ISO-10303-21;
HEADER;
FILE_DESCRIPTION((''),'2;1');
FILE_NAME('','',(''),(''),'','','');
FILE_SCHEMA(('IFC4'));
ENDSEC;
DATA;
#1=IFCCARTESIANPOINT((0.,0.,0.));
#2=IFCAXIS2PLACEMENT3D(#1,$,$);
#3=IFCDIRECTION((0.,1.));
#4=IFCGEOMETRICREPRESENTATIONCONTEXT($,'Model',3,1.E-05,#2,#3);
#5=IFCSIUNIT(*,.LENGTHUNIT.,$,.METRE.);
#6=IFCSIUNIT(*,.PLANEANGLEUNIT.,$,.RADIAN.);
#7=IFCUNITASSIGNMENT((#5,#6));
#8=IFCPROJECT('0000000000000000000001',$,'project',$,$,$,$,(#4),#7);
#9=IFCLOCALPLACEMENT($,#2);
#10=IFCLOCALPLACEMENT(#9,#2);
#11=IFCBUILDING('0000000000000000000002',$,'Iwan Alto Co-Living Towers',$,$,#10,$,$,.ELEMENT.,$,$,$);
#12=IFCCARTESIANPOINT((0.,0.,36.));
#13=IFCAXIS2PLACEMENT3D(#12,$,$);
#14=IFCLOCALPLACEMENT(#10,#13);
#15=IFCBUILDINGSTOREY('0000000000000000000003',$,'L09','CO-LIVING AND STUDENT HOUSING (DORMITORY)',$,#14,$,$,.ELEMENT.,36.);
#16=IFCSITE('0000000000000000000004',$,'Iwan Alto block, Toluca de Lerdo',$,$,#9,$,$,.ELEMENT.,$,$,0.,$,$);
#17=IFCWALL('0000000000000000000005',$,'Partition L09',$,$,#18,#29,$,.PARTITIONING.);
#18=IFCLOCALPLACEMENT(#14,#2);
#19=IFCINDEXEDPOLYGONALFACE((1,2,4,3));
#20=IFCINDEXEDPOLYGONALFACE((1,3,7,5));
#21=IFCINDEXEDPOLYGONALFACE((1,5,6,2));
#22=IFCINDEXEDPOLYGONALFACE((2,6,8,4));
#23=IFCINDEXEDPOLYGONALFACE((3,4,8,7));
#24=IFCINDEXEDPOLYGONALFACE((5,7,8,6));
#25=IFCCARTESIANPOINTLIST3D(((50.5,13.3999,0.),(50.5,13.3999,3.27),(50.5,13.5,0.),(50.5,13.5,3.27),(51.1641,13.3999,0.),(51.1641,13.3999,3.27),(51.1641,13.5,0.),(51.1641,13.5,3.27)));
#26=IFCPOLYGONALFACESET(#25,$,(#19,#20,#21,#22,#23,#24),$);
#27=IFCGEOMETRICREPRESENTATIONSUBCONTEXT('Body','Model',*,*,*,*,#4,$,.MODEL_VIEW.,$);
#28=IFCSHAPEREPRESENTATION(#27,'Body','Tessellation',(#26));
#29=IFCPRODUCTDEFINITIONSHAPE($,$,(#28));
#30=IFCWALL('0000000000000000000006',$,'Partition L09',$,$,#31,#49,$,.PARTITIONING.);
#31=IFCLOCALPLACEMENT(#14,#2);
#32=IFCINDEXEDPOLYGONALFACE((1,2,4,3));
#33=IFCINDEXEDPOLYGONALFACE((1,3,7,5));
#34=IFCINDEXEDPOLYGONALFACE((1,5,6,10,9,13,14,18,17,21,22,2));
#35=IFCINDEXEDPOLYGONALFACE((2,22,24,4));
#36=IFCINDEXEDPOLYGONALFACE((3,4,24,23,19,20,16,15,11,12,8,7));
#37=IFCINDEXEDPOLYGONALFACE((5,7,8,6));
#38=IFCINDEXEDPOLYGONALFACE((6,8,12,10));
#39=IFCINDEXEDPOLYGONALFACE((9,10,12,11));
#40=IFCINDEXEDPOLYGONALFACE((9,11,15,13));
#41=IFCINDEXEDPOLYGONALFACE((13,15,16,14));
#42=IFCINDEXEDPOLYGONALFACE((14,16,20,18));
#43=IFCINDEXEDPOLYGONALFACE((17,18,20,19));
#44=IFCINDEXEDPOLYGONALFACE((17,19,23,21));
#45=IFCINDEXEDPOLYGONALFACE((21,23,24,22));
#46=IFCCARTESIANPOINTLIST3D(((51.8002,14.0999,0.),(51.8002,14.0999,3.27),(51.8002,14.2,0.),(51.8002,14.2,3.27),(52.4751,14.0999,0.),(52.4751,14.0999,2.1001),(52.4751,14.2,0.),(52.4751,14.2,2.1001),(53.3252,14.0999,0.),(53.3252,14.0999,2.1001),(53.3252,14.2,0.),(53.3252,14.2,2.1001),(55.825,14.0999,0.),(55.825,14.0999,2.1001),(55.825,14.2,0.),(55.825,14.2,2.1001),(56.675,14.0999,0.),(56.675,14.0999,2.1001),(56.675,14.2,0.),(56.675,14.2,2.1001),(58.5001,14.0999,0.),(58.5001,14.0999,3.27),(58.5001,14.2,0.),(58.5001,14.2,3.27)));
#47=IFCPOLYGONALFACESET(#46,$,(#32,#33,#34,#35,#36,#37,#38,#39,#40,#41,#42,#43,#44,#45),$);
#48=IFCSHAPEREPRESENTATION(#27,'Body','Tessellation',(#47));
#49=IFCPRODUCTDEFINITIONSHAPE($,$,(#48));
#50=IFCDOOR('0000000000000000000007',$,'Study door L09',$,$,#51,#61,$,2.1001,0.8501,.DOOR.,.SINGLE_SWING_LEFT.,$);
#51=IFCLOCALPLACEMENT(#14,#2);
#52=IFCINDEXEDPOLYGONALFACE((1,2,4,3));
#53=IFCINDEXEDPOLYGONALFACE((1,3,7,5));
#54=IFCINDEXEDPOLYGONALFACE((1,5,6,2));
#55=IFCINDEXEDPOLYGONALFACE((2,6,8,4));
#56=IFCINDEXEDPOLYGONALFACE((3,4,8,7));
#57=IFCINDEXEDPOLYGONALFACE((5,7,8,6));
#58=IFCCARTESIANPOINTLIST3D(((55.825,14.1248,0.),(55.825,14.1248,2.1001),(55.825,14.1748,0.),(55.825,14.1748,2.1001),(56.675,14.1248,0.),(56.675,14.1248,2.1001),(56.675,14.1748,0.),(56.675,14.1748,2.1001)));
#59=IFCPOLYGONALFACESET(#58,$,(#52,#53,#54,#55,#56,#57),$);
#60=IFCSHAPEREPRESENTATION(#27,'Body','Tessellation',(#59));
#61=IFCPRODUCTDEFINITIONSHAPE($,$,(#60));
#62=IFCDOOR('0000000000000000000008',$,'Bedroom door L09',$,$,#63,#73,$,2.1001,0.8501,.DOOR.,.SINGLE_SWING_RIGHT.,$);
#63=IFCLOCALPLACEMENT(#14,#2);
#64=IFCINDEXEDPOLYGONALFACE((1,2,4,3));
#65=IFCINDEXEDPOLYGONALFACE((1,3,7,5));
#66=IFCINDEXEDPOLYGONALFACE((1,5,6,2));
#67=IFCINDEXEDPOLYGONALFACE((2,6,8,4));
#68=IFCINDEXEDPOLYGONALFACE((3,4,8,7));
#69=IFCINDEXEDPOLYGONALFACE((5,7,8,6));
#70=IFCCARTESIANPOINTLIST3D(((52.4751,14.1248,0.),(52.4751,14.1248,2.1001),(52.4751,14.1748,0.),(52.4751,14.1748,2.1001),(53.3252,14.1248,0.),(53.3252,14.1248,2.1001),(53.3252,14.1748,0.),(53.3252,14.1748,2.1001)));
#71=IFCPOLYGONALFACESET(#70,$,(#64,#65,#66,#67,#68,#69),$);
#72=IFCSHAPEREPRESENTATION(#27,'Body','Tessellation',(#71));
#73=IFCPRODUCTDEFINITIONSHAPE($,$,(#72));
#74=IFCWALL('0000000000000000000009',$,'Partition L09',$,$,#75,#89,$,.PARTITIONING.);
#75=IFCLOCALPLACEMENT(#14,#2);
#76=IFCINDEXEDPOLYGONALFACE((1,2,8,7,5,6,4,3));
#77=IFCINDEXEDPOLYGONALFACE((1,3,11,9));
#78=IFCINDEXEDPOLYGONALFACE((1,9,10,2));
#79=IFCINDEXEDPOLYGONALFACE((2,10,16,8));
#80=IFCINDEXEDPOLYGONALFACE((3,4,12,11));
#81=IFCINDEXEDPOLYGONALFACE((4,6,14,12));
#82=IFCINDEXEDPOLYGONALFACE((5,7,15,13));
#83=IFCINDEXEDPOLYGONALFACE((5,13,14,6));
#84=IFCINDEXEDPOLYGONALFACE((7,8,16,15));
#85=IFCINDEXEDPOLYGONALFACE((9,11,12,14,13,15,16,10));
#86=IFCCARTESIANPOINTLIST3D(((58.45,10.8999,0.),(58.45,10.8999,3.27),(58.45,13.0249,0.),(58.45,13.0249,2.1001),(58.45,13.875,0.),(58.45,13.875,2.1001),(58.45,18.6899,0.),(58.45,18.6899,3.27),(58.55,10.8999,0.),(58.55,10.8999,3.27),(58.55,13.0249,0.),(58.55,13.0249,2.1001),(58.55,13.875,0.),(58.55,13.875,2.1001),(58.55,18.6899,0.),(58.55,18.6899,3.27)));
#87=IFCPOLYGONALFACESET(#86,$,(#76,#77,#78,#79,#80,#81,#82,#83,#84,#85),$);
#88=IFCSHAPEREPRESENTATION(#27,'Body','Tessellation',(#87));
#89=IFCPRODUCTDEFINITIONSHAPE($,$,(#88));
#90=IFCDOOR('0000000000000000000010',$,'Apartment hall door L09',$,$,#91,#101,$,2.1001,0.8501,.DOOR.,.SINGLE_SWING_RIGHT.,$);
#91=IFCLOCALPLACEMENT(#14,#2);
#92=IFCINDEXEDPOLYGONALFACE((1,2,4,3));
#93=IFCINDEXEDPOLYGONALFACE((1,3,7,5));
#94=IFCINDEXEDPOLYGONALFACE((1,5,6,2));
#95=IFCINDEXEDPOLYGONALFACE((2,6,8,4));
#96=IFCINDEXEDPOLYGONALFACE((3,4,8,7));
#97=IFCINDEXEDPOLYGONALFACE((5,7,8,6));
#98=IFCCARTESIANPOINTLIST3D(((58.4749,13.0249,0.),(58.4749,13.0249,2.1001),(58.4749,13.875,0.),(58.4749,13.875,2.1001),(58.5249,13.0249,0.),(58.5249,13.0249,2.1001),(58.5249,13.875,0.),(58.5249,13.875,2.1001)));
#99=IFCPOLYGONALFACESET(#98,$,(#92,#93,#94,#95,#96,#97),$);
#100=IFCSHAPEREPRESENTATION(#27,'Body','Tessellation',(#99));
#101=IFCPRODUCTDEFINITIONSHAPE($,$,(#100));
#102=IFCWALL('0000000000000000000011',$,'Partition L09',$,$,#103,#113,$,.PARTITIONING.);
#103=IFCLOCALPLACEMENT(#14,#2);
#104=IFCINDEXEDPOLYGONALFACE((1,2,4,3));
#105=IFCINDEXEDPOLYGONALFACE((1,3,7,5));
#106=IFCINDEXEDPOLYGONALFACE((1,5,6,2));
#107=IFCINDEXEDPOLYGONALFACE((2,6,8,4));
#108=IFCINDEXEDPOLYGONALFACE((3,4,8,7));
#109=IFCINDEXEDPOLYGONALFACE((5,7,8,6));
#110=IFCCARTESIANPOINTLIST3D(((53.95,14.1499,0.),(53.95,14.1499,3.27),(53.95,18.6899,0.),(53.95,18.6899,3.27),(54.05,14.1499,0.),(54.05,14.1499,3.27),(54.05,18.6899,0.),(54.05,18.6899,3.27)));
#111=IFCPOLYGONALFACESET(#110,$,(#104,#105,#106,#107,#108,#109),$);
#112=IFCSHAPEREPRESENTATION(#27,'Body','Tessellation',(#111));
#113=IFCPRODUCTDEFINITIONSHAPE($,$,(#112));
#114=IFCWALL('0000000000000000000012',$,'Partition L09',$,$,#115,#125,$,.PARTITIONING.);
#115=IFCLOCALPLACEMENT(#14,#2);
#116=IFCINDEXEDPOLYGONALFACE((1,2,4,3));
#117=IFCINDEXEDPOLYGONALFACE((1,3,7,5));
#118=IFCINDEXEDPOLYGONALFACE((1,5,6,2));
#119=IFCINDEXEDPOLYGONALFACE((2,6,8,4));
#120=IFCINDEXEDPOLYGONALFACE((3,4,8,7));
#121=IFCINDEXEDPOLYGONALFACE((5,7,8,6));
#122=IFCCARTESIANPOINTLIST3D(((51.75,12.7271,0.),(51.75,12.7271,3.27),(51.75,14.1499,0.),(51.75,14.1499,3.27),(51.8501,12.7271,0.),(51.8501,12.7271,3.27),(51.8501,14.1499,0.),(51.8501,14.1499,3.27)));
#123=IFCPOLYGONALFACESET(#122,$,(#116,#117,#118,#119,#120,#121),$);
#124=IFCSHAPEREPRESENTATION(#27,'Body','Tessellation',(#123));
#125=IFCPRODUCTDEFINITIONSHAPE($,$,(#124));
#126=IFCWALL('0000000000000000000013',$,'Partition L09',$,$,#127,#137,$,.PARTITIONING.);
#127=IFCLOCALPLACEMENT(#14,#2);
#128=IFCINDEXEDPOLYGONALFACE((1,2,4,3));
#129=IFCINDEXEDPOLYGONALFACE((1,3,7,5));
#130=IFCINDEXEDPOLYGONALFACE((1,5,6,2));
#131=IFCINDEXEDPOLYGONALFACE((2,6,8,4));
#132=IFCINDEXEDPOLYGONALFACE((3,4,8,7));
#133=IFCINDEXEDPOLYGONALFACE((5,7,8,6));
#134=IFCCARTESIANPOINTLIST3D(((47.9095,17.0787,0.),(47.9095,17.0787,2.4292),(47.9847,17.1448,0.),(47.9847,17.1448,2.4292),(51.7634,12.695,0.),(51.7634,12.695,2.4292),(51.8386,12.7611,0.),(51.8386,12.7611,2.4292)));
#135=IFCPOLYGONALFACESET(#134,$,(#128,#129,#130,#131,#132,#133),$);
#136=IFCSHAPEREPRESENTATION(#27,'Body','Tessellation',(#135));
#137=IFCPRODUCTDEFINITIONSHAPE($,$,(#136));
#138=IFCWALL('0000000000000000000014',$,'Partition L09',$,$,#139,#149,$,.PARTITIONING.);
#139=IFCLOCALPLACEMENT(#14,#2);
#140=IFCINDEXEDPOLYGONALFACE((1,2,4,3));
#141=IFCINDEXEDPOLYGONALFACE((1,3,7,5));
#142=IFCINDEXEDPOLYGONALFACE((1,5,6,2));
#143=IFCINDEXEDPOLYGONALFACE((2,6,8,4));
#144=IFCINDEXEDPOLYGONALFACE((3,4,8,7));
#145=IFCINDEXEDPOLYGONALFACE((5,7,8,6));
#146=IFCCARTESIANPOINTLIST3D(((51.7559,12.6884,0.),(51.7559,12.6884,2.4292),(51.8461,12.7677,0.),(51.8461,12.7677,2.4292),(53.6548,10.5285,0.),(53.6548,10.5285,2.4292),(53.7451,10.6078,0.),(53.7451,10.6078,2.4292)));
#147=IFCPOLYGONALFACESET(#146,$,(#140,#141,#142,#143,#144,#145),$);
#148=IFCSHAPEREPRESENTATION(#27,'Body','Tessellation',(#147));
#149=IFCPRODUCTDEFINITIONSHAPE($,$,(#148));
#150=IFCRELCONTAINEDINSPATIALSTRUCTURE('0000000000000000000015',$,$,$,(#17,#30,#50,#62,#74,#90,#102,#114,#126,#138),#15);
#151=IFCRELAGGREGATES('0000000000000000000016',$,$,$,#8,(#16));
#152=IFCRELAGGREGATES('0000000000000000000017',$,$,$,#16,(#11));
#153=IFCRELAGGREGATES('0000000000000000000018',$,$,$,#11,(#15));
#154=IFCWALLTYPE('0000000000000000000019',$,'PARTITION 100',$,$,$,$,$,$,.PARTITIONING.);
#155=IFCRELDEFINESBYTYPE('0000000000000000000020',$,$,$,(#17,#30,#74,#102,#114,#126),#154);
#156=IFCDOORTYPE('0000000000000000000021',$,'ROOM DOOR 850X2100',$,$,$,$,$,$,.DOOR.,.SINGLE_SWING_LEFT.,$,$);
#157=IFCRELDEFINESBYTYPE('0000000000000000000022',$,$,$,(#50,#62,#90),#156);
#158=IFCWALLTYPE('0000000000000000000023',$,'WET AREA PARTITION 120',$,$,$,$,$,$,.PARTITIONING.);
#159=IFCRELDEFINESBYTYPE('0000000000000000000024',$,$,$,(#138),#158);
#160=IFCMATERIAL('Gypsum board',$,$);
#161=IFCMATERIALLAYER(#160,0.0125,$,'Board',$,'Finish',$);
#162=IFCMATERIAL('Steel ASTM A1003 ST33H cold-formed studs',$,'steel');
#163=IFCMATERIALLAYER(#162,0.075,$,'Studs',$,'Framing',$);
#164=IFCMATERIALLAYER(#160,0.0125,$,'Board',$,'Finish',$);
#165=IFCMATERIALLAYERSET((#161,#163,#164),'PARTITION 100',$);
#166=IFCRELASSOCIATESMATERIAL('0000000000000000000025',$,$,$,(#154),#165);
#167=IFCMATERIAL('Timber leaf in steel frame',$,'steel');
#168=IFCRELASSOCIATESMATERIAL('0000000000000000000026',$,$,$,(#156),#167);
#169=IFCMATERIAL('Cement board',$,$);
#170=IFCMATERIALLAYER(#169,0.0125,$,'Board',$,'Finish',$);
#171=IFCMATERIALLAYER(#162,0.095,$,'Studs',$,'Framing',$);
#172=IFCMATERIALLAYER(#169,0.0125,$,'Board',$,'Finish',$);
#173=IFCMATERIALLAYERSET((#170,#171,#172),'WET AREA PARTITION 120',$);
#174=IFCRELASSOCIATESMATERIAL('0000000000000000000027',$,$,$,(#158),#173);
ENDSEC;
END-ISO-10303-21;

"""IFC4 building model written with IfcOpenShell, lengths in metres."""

from ifc_helpers import new_model, si_unit, direction, frame, frame_2d, origin, place, context, subcontext, project, spatial, rectangle, extrude, material, layer, layer_set, type_object, element, fill, save


model = new_model("IFC4")

# Units and contexts
model_context = context("Model", 3, precision=1e-05, world=origin(), true_north=direction((0.0, 1.0)))
body_context = subcontext(model_context, "Body", "Model", "MODEL_VIEW")
ifc_project = project(units=[si_unit("LENGTHUNIT", "METRE"), si_unit("PLANEANGLEUNIT", "RADIAN")], contexts=[model_context])

# Site, building, storey
site_placement = place(None, origin())
site = spatial("IfcSite", under=ifc_project, at=site_placement, Name="Iwan Alto block, Toluca de Lerdo", CompositionType="ELEMENT", RefElevation=0.0)
building_placement = place(site_placement, origin())
building = spatial("IfcBuilding", under=site, at=building_placement, Name="Iwan Alto Co-Living Towers", CompositionType="ELEMENT")
storey_placement = place(building_placement, frame((0.0, 0.0, 36.0)))
storey = spatial("IfcBuildingStorey", under=building, at=storey_placement, Name="L09", Description="CO-LIVING AND STUDENT HOUSING (DORMITORY)", CompositionType="ELEMENT", Elevation=36.0)

# Shared definitions
ifc_material_1 = material(Name="Gypsum board")
ifc_material_2 = material(Name="Steel ASTM A1003 ST33H cold-formed studs", Category="steel")

# Shared definitions
ifc_layer_1 = layer(ifc_material_1, 0.0125, Name="Board", Category="Finish")
ifc_layer_2 = layer(ifc_material_2, 0.075, Name="Studs", Category="Framing")
ifc_layer_3 = layer(ifc_material_1, 0.0125, Name="Board", Category="Finish")
ifc_layer_set_1 = layer_set([ifc_layer_1, ifc_layer_2, ifc_layer_3], Name="PARTITION 100")
wall_type_1 = type_object("IfcWallType", Name="PARTITION 100", PredefinedType="PARTITIONING", material=ifc_layer_set_1)
ifc_material_3 = material(Name="Timber leaf in steel frame", Category="steel")
door_type_1 = type_object("IfcDoorType", Name="ROOM DOOR 850X2100", OperationType="SINGLE_SWING_LEFT", PredefinedType="DOOR", material=ifc_material_3)

# Wall
wall_1_placement = place(storey_placement, frame((50.5, 13.45, 0.0), z_axis=(0.0, 0.0, 1.0), x_axis=(1.0, 0.0, 0.0)))
element("IfcWall", 1, at=wall_1_placement, inside=storey, type_object=wall_type_1, Name="Partition L09", PredefinedType="PARTITIONING", context=body_context, shape_type="SweptSolid", body=[
    extrude(rectangle(XDim=0.6641, YDim=0.1001, at=frame_2d((0.332, 0.0))), origin(), (0.0, 0.0, 1.0), 3.27),
])

# Wall, openings, doors
wall_2_placement = place(storey_placement, frame((51.8, 14.1499, 0.0), z_axis=(0.0, 0.0, 1.0), x_axis=(1.0, 0.0, 0.0)))
wall_2 = element("IfcWall", 2, at=wall_2_placement, inside=storey, type_object=wall_type_1, Name="Partition L09", PredefinedType="PARTITIONING", context=body_context, shape_type="SweptSolid", body=[
    extrude(rectangle(XDim=6.7, YDim=0.1001, at=frame_2d((3.3501, 0.0))), origin(), (0.0, 0.0, 1.0), 3.27),
])
opening_1_placement = place(wall_2_placement, frame((4.0249, 0.0, 0.0)))
opening_1 = element("IfcOpeningElement", 3, at=opening_1_placement, cuts=wall_2, PredefinedType="OPENING", context=body_context, shape_type="SweptSolid", body=[
    extrude(rectangle(XDim=0.8501, YDim=2.1001, at=frame_2d((0.425, 1.05))), frame((0.0, 0.0601, 0.0), z_axis=(0.0, -1.0, 0.0), x_axis=(1.0, 0.0, 0.0)), (0.0, 0.0, 1.0), 0.1201),
])
opening_2_placement = place(wall_2_placement, frame((0.675, 0.0, 0.0)))
opening_2 = element("IfcOpeningElement", 4, at=opening_2_placement, cuts=wall_2, PredefinedType="OPENING", context=body_context, shape_type="SweptSolid", body=[
    extrude(rectangle(XDim=0.8501, YDim=2.1001, at=frame_2d((0.425, 1.05))), frame((0.0, 0.0601, 0.0), z_axis=(0.0, -1.0, 0.0), x_axis=(1.0, 0.0, 0.0)), (0.0, 0.0, 1.0), 0.1201),
])
door_1_placement = place(opening_1_placement, origin())
door_1 = element("IfcDoor", 5, at=door_1_placement, inside=storey, type_object=door_type_1, Name="Study door L09", OperationType="SINGLE_SWING_LEFT", OverallHeight=2.1001, OverallWidth=0.8501, PredefinedType="DOOR", context=body_context, shape_type="SweptSolid", body=[
    extrude(rectangle(XDim=0.8501, YDim=2.1001, at=frame_2d((0.425, 1.05))), frame((0.0, 0.0249, 0.0), z_axis=(0.0, -1.0, 0.0), x_axis=(1.0, 0.0, 0.0)), (0.0, 0.0, 1.0), 0.05),
])
fill(opening_1, door_1)
door_2_placement = place(opening_2_placement, origin())
door_2 = element("IfcDoor", 6, at=door_2_placement, inside=storey, type_object=door_type_1, Name="Bedroom door L09", OperationType="SINGLE_SWING_RIGHT", OverallHeight=2.1001, OverallWidth=0.8501, PredefinedType="DOOR", context=body_context, shape_type="SweptSolid", body=[
    extrude(rectangle(XDim=0.8501, YDim=2.1001, at=frame_2d((0.425, 1.05))), frame((0.0, 0.0249, 0.0), z_axis=(0.0, -1.0, 0.0), x_axis=(1.0, 0.0, 0.0)), (0.0, 0.0, 1.0), 0.05),
])
fill(opening_2, door_2)

# Wall, opening, door
wall_3_placement = place(storey_placement, frame((58.5, 10.8999, 0.0), z_axis=(0.0, 0.0, 1.0), x_axis=(0.0, 1.0, 0.0)))
wall_3 = element("IfcWall", 7, at=wall_3_placement, inside=storey, type_object=wall_type_1, Name="Partition L09", PredefinedType="PARTITIONING", context=body_context, shape_type="SweptSolid", body=[
    extrude(rectangle(XDim=7.79, YDim=0.1001, at=frame_2d((3.895, 0.0))), origin(), (0.0, 0.0, 1.0), 3.27),
])
opening_3_placement = place(wall_3_placement, frame((2.125, 0.0, 0.0)))
opening_3 = element("IfcOpeningElement", 8, at=opening_3_placement, cuts=wall_3, PredefinedType="OPENING", context=body_context, shape_type="SweptSolid", body=[
    extrude(rectangle(XDim=0.8501, YDim=2.1001, at=frame_2d((0.425, 1.05))), frame((0.0, 0.0601, 0.0), z_axis=(0.0, -1.0, 0.0), x_axis=(1.0, 0.0, 0.0)), (0.0, 0.0, 1.0), 0.1201),
])
door_3_placement = place(opening_3_placement, frame((0.8501, 0.0, 0.0), z_axis=(0.0, 0.0, 1.0), x_axis=(-1.0, 0.0, 0.0)))
door_3 = element("IfcDoor", 9, at=door_3_placement, inside=storey, type_object=door_type_1, Name="Apartment hall door L09", OperationType="SINGLE_SWING_RIGHT", OverallHeight=2.1001, OverallWidth=0.8501, PredefinedType="DOOR", context=body_context, shape_type="SweptSolid", body=[
    extrude(rectangle(XDim=0.8501, YDim=2.1001, at=frame_2d((0.425, 1.05))), frame((0.0, 0.0249, 0.0), z_axis=(0.0, -1.0, 0.0), x_axis=(1.0, 0.0, 0.0)), (0.0, 0.0, 1.0), 0.05),
])
fill(opening_3, door_3)

# Walls
wall_4_placement = place(storey_placement, frame((54.0, 14.1499, 0.0), z_axis=(0.0, 0.0, 1.0), x_axis=(0.0, 1.0, 0.0)))
element("IfcWall", 10, at=wall_4_placement, inside=storey, type_object=wall_type_1, Name="Partition L09", PredefinedType="PARTITIONING", context=body_context, shape_type="SweptSolid", body=[
    extrude(rectangle(XDim=4.54, YDim=0.1001, at=frame_2d((2.27, 0.0))), origin(), (0.0, 0.0, 1.0), 3.27),
])
wall_5_placement = place(storey_placement, frame((51.8, 12.7271, 0.0), z_axis=(0.0, 0.0, 1.0), x_axis=(0.0, 1.0, 0.0)))
element("IfcWall", 11, at=wall_5_placement, inside=storey, type_object=wall_type_1, Name="Partition L09", PredefinedType="PARTITIONING", context=body_context, shape_type="SweptSolid", body=[
    extrude(rectangle(XDim=1.4229, YDim=0.1001, at=frame_2d((0.7114, 0.0))), origin(), (0.0, 0.0, 1.0), 3.27),
])
wall_6_placement = place(storey_placement, frame((51.801, 12.728, 0.0), z_axis=(0.0, 0.0, 1.0), x_axis=(-0.660268, 0.75103, 0.0)))
element("IfcWall", 12, at=wall_6_placement, inside=storey, type_object=wall_type_1, Name="Partition L09", PredefinedType="PARTITIONING", context=body_context, shape_type="SweptSolid", body=[
    extrude(rectangle(XDim=5.8369, YDim=0.1001, at=frame_2d((2.9185, 0.0))), origin(), (0.0, 0.0, 1.0), 2.4292),
])
ifc_material_4 = material(Name="Cement board")
ifc_layer_4 = layer(ifc_material_4, 0.0125, Name="Board", Category="Finish")
ifc_layer_5 = layer(ifc_material_2, 0.095, Name="Studs", Category="Framing")
ifc_layer_6 = layer(ifc_material_4, 0.0125, Name="Board", Category="Finish")
ifc_layer_set_2 = layer_set([ifc_layer_4, ifc_layer_5, ifc_layer_6], Name="WET AREA PARTITION 120")
wall_type_2 = type_object("IfcWallType", Name="WET AREA PARTITION 120", PredefinedType="PARTITIONING", material=ifc_layer_set_2)
wall_7_placement = place(storey_placement, frame((53.7, 10.5681, 0.0), z_axis=(0.0, 0.0, 1.0), x_axis=(-0.660276, 0.751023, 0.0)))
element("IfcWall", 13, at=wall_7_placement, inside=storey, type_object=wall_type_2, Name="Partition L09", PredefinedType="PARTITIONING", context=body_context, shape_type="SweptSolid", body=[
    extrude(rectangle(XDim=2.876, YDim=0.1201, at=frame_2d((1.438, 0.0))), origin(), (0.0, 0.0, 1.0), 2.4292),
])

save(model, "model.ifc")
